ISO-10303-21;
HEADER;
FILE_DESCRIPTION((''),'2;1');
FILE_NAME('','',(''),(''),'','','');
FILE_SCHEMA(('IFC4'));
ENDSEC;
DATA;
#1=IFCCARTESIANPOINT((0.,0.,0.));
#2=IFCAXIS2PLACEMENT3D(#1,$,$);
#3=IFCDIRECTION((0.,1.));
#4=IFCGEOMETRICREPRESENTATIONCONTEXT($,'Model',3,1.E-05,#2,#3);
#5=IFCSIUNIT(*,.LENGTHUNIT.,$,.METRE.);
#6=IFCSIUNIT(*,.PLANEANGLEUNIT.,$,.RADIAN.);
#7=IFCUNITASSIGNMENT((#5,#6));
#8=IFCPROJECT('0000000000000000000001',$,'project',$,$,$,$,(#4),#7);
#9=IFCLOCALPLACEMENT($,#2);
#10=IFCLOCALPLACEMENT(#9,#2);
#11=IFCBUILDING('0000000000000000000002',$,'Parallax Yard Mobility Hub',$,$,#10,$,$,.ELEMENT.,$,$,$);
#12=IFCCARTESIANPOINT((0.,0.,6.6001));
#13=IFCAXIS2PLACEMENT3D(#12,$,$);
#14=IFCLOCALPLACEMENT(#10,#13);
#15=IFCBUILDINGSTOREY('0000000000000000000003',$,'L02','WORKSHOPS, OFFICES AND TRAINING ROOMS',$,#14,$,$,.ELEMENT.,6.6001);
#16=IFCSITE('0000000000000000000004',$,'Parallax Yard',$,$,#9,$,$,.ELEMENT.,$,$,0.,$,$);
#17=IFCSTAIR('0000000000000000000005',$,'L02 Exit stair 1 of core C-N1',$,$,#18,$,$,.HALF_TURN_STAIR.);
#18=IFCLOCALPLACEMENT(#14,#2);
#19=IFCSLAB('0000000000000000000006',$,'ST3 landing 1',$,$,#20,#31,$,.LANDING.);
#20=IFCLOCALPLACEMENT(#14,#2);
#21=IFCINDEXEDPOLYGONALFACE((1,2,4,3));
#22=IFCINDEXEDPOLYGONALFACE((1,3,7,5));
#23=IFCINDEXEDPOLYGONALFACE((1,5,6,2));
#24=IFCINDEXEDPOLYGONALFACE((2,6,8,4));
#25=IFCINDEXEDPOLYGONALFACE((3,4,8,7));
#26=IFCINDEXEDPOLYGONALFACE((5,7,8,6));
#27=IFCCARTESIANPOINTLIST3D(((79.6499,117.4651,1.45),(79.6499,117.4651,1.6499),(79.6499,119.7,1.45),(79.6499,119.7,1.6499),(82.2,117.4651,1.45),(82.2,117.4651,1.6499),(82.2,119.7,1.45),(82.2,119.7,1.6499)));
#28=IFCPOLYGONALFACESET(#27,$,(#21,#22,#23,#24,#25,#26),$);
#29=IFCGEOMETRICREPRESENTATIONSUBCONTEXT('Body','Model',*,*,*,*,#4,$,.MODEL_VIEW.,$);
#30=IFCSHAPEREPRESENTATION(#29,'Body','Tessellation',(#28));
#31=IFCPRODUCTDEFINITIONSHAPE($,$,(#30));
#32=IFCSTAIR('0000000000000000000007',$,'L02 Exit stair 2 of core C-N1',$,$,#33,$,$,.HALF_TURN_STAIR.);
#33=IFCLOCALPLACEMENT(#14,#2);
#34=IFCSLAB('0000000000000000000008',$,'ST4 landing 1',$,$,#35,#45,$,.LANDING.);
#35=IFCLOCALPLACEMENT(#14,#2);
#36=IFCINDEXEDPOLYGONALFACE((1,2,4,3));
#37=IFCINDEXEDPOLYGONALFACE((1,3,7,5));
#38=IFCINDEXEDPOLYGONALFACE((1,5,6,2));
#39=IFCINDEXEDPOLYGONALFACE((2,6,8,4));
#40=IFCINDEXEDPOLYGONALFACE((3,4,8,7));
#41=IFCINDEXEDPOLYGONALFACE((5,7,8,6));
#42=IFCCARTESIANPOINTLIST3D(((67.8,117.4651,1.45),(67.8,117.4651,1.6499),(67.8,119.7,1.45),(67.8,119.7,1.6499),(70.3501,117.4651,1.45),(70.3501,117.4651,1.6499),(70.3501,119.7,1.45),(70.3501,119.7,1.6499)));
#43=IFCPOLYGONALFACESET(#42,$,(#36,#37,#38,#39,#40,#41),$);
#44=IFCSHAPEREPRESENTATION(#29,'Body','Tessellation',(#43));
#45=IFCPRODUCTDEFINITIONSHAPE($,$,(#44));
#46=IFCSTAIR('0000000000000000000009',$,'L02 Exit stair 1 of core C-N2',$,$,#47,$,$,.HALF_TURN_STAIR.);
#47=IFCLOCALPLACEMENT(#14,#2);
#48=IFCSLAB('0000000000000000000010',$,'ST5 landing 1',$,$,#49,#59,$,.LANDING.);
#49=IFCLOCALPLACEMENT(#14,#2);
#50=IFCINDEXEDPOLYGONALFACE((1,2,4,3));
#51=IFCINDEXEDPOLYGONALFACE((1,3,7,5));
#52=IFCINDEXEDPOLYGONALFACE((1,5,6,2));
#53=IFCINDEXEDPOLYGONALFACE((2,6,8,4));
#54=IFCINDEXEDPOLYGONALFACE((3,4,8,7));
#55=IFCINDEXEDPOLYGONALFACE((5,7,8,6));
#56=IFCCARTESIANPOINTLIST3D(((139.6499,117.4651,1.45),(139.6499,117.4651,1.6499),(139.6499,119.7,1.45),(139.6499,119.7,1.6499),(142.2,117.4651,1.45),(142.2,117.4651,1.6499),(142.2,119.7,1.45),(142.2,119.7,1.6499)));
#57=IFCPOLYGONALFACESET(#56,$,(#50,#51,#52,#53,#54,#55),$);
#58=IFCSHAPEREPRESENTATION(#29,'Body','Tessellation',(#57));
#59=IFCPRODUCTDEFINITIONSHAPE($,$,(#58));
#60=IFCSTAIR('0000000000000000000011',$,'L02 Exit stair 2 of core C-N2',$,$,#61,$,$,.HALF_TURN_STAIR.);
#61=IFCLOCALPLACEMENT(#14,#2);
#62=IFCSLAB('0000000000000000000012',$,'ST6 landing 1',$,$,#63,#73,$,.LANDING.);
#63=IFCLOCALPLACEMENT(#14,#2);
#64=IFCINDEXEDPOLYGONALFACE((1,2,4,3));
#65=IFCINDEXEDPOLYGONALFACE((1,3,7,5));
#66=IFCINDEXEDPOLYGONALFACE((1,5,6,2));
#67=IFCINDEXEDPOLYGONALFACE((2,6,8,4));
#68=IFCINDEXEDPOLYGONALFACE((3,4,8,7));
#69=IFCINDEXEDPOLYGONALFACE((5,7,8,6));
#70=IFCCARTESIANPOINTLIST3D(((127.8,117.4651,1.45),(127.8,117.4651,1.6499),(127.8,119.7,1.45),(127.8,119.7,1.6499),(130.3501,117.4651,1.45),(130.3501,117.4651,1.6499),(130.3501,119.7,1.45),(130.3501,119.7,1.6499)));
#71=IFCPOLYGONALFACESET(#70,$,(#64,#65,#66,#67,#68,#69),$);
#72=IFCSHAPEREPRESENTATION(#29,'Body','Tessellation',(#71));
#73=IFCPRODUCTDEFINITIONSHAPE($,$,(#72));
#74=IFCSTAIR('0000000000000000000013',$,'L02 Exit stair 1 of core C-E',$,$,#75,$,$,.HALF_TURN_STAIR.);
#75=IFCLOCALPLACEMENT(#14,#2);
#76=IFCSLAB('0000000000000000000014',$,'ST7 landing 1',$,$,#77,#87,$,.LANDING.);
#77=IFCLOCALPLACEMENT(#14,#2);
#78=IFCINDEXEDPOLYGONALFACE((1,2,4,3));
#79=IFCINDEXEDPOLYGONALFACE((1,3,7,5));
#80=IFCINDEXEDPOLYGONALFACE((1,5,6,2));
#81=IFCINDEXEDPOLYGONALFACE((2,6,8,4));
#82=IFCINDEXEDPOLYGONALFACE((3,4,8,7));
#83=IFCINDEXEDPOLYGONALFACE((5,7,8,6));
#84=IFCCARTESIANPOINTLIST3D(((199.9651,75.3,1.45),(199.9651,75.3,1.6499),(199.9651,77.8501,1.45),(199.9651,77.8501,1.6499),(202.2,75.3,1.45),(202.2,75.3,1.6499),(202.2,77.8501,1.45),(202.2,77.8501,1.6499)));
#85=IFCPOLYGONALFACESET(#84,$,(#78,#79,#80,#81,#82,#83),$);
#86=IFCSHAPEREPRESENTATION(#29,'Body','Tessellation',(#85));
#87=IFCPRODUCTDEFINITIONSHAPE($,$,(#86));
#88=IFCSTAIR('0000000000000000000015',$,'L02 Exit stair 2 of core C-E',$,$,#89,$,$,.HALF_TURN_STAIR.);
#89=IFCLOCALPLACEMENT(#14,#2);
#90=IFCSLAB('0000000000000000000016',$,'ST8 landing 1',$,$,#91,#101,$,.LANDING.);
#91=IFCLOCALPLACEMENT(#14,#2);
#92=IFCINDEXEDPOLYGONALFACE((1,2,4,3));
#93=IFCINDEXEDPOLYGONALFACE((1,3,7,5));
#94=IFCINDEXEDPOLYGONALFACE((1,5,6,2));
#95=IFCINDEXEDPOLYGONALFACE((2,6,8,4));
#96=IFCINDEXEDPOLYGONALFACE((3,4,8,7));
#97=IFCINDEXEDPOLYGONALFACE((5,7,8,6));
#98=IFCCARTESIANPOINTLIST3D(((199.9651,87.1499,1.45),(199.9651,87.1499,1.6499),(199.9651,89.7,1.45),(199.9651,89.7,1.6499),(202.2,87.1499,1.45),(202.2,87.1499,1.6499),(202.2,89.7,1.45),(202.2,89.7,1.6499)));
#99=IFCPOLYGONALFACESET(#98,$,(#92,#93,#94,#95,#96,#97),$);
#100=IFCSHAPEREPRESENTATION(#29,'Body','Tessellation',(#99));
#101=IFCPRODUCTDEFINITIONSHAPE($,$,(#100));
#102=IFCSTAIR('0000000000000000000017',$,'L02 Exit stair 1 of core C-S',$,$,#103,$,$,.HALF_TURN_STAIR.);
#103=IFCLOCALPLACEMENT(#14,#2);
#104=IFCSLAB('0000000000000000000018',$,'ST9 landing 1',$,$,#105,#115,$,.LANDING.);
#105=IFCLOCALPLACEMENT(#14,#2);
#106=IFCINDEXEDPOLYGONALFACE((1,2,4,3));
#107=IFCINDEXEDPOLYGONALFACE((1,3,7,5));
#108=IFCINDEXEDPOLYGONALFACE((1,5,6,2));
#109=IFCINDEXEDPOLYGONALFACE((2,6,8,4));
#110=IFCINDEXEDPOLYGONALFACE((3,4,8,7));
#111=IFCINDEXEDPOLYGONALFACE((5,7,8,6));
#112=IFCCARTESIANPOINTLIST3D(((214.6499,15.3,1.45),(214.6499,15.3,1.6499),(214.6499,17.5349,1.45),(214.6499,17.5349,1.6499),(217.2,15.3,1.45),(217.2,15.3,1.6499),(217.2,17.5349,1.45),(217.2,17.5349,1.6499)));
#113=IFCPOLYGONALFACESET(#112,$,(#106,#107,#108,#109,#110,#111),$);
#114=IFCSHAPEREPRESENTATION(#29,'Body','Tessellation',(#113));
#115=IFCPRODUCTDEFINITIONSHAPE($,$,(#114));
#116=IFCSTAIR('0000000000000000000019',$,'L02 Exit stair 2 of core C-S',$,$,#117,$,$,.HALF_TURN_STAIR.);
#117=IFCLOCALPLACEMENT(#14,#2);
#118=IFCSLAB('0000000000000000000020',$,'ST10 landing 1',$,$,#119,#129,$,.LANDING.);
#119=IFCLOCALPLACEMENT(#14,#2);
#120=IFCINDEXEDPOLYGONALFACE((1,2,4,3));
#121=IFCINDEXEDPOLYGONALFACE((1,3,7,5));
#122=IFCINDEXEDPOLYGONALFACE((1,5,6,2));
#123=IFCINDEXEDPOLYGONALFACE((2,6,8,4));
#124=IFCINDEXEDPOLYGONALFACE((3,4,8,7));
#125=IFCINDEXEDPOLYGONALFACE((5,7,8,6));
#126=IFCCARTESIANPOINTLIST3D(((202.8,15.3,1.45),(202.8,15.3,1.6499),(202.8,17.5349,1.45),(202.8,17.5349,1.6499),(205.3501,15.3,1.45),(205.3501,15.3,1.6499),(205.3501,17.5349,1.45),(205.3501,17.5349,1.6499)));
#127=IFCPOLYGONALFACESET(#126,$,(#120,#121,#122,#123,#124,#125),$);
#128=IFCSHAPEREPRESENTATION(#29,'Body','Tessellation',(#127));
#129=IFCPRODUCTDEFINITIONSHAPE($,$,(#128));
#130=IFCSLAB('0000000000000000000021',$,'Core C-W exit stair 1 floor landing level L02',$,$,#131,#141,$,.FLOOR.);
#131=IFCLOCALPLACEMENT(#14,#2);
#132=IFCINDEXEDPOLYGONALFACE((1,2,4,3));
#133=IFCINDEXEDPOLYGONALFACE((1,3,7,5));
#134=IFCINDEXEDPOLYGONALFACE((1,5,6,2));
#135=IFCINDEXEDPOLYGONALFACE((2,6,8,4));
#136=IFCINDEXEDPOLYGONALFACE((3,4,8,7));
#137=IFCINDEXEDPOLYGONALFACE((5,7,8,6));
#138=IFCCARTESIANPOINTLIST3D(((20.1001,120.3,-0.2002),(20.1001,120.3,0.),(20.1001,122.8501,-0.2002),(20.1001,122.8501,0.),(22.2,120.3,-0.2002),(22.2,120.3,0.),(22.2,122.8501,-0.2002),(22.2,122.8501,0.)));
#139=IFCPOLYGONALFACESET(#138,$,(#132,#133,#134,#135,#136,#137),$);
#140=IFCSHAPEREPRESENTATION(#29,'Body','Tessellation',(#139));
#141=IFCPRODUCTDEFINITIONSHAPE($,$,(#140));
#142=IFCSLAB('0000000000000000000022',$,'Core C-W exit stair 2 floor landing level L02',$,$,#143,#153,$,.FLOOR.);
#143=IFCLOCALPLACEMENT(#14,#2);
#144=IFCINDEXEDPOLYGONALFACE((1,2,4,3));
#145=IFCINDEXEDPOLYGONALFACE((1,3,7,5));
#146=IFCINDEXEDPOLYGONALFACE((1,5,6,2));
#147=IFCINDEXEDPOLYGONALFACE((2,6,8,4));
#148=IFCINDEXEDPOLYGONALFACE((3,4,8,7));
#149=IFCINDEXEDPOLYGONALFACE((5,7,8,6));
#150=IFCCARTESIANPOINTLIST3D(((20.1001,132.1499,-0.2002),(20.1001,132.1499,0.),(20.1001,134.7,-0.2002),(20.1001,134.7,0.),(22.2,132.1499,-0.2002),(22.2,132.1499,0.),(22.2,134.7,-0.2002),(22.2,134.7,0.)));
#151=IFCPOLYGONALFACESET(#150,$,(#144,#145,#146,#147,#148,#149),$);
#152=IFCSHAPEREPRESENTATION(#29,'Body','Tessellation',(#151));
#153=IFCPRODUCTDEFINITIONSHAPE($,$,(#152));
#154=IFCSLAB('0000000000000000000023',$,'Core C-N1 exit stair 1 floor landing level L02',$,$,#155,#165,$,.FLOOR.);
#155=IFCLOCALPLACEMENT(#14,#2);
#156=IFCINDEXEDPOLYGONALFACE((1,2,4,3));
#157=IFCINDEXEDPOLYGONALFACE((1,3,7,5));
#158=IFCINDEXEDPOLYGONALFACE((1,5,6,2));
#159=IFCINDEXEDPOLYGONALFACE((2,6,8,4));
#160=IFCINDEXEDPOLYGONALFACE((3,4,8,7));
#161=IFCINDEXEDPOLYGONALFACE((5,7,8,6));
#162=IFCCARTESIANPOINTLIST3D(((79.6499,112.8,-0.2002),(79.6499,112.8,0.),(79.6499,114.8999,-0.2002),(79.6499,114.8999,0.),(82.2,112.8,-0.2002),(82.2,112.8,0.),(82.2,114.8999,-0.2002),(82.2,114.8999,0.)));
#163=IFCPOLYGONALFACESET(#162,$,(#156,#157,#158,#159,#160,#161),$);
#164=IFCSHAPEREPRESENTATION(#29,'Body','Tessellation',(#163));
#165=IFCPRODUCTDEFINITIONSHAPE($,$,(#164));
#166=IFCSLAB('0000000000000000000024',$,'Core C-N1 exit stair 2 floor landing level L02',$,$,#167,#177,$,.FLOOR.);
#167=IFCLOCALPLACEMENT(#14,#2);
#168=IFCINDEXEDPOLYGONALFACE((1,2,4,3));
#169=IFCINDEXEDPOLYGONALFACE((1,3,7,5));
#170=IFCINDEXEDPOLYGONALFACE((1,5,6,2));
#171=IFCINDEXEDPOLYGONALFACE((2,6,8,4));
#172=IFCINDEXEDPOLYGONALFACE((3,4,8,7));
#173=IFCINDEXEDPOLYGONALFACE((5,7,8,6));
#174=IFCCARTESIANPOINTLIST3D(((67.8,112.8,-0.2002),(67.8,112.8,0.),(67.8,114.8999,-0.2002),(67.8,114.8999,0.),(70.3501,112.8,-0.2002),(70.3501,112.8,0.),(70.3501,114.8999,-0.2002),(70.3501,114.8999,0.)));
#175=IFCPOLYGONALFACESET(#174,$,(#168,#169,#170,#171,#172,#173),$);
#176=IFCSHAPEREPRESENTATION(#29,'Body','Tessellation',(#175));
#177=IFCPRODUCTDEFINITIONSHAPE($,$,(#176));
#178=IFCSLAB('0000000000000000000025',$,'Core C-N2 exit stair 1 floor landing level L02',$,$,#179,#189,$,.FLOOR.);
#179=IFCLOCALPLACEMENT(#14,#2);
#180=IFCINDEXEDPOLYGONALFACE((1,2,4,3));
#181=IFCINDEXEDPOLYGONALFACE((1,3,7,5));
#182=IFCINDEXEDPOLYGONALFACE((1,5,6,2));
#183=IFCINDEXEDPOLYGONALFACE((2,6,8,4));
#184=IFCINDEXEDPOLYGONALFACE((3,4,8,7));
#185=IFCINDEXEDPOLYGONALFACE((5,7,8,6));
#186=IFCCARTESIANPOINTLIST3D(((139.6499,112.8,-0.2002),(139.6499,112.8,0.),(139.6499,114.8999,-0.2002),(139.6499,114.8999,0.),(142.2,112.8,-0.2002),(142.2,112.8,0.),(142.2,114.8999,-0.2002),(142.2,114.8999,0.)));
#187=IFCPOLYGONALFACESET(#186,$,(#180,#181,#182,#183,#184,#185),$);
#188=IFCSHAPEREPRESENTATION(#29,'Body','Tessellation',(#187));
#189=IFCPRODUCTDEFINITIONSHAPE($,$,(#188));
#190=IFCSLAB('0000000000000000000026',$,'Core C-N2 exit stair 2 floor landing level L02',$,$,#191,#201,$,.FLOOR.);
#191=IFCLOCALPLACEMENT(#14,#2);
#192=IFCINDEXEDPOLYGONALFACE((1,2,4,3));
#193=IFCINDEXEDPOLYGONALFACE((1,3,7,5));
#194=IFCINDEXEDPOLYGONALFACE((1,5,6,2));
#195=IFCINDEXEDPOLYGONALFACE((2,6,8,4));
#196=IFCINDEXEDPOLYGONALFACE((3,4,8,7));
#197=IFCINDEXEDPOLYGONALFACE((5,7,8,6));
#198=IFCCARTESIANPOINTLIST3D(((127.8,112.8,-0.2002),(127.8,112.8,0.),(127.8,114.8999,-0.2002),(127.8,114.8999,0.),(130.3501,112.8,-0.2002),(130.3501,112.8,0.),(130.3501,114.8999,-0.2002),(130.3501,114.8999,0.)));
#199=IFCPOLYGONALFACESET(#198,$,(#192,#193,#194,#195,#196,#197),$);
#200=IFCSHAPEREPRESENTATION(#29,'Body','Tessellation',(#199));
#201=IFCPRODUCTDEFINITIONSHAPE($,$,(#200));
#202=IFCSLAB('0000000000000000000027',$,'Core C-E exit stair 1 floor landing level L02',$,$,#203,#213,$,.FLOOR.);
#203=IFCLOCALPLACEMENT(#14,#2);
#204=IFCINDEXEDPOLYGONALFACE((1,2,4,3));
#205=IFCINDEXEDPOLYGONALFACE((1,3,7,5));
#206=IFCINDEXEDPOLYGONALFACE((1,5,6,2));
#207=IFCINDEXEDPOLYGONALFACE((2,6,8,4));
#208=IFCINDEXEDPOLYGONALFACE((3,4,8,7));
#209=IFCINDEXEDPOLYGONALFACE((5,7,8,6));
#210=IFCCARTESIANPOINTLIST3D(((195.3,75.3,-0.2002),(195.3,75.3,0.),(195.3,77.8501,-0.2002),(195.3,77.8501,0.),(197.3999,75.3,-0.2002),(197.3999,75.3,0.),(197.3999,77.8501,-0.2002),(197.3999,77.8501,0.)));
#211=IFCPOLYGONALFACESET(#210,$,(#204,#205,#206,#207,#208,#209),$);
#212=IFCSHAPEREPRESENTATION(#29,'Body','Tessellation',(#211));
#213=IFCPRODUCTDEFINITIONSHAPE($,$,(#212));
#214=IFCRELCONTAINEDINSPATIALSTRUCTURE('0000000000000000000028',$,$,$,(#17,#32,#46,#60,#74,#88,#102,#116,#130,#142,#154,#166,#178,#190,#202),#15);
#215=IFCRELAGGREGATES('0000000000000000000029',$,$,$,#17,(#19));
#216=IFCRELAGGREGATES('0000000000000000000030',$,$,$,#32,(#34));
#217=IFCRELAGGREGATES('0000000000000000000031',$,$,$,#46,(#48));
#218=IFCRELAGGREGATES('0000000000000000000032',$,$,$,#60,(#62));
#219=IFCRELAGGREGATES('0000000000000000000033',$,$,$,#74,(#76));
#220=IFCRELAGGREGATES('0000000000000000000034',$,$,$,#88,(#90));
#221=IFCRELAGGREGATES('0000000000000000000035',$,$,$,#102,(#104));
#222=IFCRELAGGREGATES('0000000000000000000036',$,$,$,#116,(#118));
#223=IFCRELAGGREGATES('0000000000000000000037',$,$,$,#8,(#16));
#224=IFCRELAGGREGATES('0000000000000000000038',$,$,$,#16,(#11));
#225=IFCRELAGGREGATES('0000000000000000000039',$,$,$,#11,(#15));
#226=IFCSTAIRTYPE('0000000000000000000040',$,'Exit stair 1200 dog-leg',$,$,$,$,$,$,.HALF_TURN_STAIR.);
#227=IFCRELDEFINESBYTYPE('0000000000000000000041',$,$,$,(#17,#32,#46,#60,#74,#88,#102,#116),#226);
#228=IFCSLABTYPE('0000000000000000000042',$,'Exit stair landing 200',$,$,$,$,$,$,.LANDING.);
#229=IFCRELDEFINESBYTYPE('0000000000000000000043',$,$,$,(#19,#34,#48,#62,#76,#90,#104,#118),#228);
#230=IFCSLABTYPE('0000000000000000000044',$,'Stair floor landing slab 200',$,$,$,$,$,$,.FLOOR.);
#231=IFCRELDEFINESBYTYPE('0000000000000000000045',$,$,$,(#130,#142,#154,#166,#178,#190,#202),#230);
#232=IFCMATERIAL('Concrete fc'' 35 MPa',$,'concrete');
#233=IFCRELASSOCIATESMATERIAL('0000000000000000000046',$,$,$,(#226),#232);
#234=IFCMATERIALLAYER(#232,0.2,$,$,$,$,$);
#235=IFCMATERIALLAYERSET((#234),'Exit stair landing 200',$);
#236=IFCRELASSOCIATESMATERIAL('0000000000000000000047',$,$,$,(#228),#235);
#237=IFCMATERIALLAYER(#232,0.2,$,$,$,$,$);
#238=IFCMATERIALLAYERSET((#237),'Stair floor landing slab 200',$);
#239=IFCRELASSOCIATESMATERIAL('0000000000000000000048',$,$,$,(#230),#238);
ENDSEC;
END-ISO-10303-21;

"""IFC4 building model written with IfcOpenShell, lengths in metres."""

from ifc_helpers import new_model, si_unit, direction, frame, origin, place, context, subcontext, project, spatial, polyline, outline, extrude, material, layer, layer_set, type_object, element, aggregate, save


model = new_model("IFC4")

# Units and contexts
model_context = context("Model", 3, precision=1e-05, world=origin(), true_north=direction((0.0, 1.0)))
body_context = subcontext(model_context, "Body", "Model", "MODEL_VIEW")
ifc_project = project(units=[si_unit("LENGTHUNIT", "METRE"), si_unit("PLANEANGLEUNIT", "RADIAN")], contexts=[model_context])

# Site, building, storey
site_placement = place(None, origin())
site = spatial("IfcSite", under=ifc_project, at=site_placement, Name="Parallax Yard", CompositionType="ELEMENT", RefElevation=0.0)
building_placement = place(site_placement, origin())
building = spatial("IfcBuilding", under=site, at=building_placement, Name="Parallax Yard Mobility Hub", CompositionType="ELEMENT")
storey_placement = place(building_placement, frame((0.0, 0.0, 6.6001)))
storey = spatial("IfcBuildingStorey", under=building, at=storey_placement, Name="L02", Description="WORKSHOPS, OFFICES AND TRAINING ROOMS", CompositionType="ELEMENT", Elevation=6.6001)

# Shared definitions
ifc_material_1 = material(Name="Concrete fc' 35 MPa", Category="concrete")

# Stairs, slabs
stair_type = type_object("IfcStairType", Name="Exit stair 1200 dog-leg", PredefinedType="HALF_TURN_STAIR", material=ifc_material_1)
ifc_layer_1 = layer(ifc_material_1, 0.2)
ifc_layer_set_1 = layer_set([ifc_layer_1], Name="Exit stair landing 200")
slab_type_1 = type_object("IfcSlabType", Name="Exit stair landing 200", PredefinedType="LANDING", material=ifc_layer_set_1)
stair_1_placement = place(storey_placement, origin())
stair_1 = element("IfcStair", 1, at=stair_1_placement, inside=storey, type_object=stair_type, Name="L02 Exit stair 1 of core C-N1", PredefinedType="HALF_TURN_STAIR")
slab_1_placement = place(storey_placement, frame((0.0, 0.0, 1.45)))
slab_1 = element("IfcSlab", 2, at=slab_1_placement, type_object=slab_type_1, Name="ST3 landing 1", PredefinedType="LANDING", context=body_context, shape_type="SweptSolid", body=[
    extrude(outline(polyline([(82.2, 117.4651), (82.2, 119.7), (79.6499, 119.7), (79.6499, 117.4651), (82.2, 117.4651)])), origin(), (0.0, 0.0, 1.0), 0.2),
])
aggregate(stair_1, [slab_1])
stair_2_placement = place(storey_placement, origin())
stair_2 = element("IfcStair", 3, at=stair_2_placement, inside=storey, type_object=stair_type, Name="L02 Exit stair 2 of core C-N1", PredefinedType="HALF_TURN_STAIR")
slab_2_placement = place(storey_placement, frame((0.0, 0.0, 1.45)))
slab_2 = element("IfcSlab", 4, at=slab_2_placement, type_object=slab_type_1, Name="ST4 landing 1", PredefinedType="LANDING", context=body_context, shape_type="SweptSolid", body=[
    extrude(outline(polyline([(70.3501, 117.4651), (70.3501, 119.7), (67.8, 119.7), (67.8, 117.4651), (70.3501, 117.4651)])), origin(), (0.0, 0.0, 1.0), 0.2),
])
aggregate(stair_2, [slab_2])
stair_3_placement = place(storey_placement, origin())
stair_3 = element("IfcStair", 5, at=stair_3_placement, inside=storey, type_object=stair_type, Name="L02 Exit stair 1 of core C-N2", PredefinedType="HALF_TURN_STAIR")
slab_3_placement = place(storey_placement, frame((0.0, 0.0, 1.45)))
slab_3 = element("IfcSlab", 6, at=slab_3_placement, type_object=slab_type_1, Name="ST5 landing 1", PredefinedType="LANDING", context=body_context, shape_type="SweptSolid", body=[
    extrude(outline(polyline([(142.2, 117.4651), (142.2, 119.7), (139.6499, 119.7), (139.6499, 117.4651), (142.2, 117.4651)])), origin(), (0.0, 0.0, 1.0), 0.2),
])
aggregate(stair_3, [slab_3])
stair_4_placement = place(storey_placement, origin())
stair_4 = element("IfcStair", 7, at=stair_4_placement, inside=storey, type_object=stair_type, Name="L02 Exit stair 2 of core C-N2", PredefinedType="HALF_TURN_STAIR")
slab_4_placement = place(storey_placement, frame((0.0, 0.0, 1.45)))
slab_4 = element("IfcSlab", 8, at=slab_4_placement, type_object=slab_type_1, Name="ST6 landing 1", PredefinedType="LANDING", context=body_context, shape_type="SweptSolid", body=[
    extrude(outline(polyline([(130.3501, 117.4651), (130.3501, 119.7), (127.8, 119.7), (127.8, 117.4651), (130.3501, 117.4651)])), origin(), (0.0, 0.0, 1.0), 0.2),
])
aggregate(stair_4, [slab_4])
stair_5_placement = place(storey_placement, origin())
stair_5 = element("IfcStair", 9, at=stair_5_placement, inside=storey, type_object=stair_type, Name="L02 Exit stair 1 of core C-E", PredefinedType="HALF_TURN_STAIR")
slab_5_placement = place(storey_placement, frame((0.0, 0.0, 1.45)))
slab_5 = element("IfcSlab", 10, at=slab_5_placement, type_object=slab_type_1, Name="ST7 landing 1", PredefinedType="LANDING", context=body_context, shape_type="SweptSolid", body=[
    extrude(outline(polyline([(199.9651, 75.3), (202.2, 75.3), (202.2, 77.8501), (199.9651, 77.8501), (199.9651, 75.3)])), origin(), (0.0, 0.0, 1.0), 0.2),
])
aggregate(stair_5, [slab_5])
stair_6_placement = place(storey_placement, origin())
stair_6 = element("IfcStair", 11, at=stair_6_placement, inside=storey, type_object=stair_type, Name="L02 Exit stair 2 of core C-E", PredefinedType="HALF_TURN_STAIR")
slab_6_placement = place(storey_placement, frame((0.0, 0.0, 1.45)))
slab_6 = element("IfcSlab", 12, at=slab_6_placement, type_object=slab_type_1, Name="ST8 landing 1", PredefinedType="LANDING", context=body_context, shape_type="SweptSolid", body=[
    extrude(outline(polyline([(199.9651, 87.1499), (202.2, 87.1499), (202.2, 89.7), (199.9651, 89.7), (199.9651, 87.1499)])), origin(), (0.0, 0.0, 1.0), 0.2),
])
aggregate(stair_6, [slab_6])
stair_7_placement = place(storey_placement, origin())
stair_7 = element("IfcStair", 13, at=stair_7_placement, inside=storey, type_object=stair_type, Name="L02 Exit stair 1 of core C-S", PredefinedType="HALF_TURN_STAIR")
slab_7_placement = place(storey_placement, frame((0.0, 0.0, 1.45)))
slab_7 = element("IfcSlab", 14, at=slab_7_placement, type_object=slab_type_1, Name="ST9 landing 1", PredefinedType="LANDING", context=body_context, shape_type="SweptSolid", body=[
    extrude(outline(polyline([(214.6499, 17.5349), (214.6499, 15.3), (217.2, 15.3), (217.2, 17.5349), (214.6499, 17.5349)])), origin(), (0.0, 0.0, 1.0), 0.2),
])
aggregate(stair_7, [slab_7])
stair_8_placement = place(storey_placement, origin())
stair_8 = element("IfcStair", 15, at=stair_8_placement, inside=storey, type_object=stair_type, Name="L02 Exit stair 2 of core C-S", PredefinedType="HALF_TURN_STAIR")
slab_8_placement = place(storey_placement, frame((0.0, 0.0, 1.45)))
slab_8 = element("IfcSlab", 16, at=slab_8_placement, type_object=slab_type_1, Name="ST10 landing 1", PredefinedType="LANDING", context=body_context, shape_type="SweptSolid", body=[
    extrude(outline(polyline([(202.8, 17.5349), (202.8, 15.3), (205.3501, 15.3), (205.3501, 17.5349), (202.8, 17.5349)])), origin(), (0.0, 0.0, 1.0), 0.2),
])
aggregate(stair_8, [slab_8])

# Slabs
ifc_layer_2 = layer(ifc_material_1, 0.2)
ifc_layer_set_2 = layer_set([ifc_layer_2], Name="Stair floor landing slab 200")
slab_type_2 = type_object("IfcSlabType", Name="Stair floor landing slab 200", PredefinedType="FLOOR", material=ifc_layer_set_2)
slab_9_placement = place(storey_placement, frame((0.0, 0.0, -0.2002)))
element("IfcSlab", 17, at=slab_9_placement, inside=storey, type_object=slab_type_2, Name="Core C-W exit stair 1 floor landing level L02", PredefinedType="FLOOR", context=body_context, shape_type="SweptSolid", body=[
    extrude(outline(polyline([(20.1001, 120.3), (20.1001, 122.8501), (22.2, 122.8501), (22.2, 120.3), (20.1001, 120.3)])), origin(), (0.0, 0.0, 1.0), 0.2002),
])
slab_10_placement = place(storey_placement, frame((0.0, 0.0, -0.2002)))
element("IfcSlab", 18, at=slab_10_placement, inside=storey, type_object=slab_type_2, Name="Core C-W exit stair 2 floor landing level L02", PredefinedType="FLOOR", context=body_context, shape_type="SweptSolid", body=[
    extrude(outline(polyline([(20.1001, 132.1499), (20.1001, 134.7), (22.2, 134.7), (22.2, 132.1499), (20.1001, 132.1499)])), origin(), (0.0, 0.0, 1.0), 0.2002),
])
slab_11_placement = place(storey_placement, frame((0.0, 0.0, -0.2002)))
element("IfcSlab", 19, at=slab_11_placement, inside=storey, type_object=slab_type_2, Name="Core C-N1 exit stair 1 floor landing level L02", PredefinedType="FLOOR", context=body_context, shape_type="SweptSolid", body=[
    extrude(outline(polyline([(79.6499, 114.8999), (79.6499, 112.8), (82.2, 112.8), (82.2, 114.8999), (79.6499, 114.8999)])), origin(), (0.0, 0.0, 1.0), 0.2002),
])
slab_12_placement = place(storey_placement, frame((0.0, 0.0, -0.2002)))
element("IfcSlab", 20, at=slab_12_placement, inside=storey, type_object=slab_type_2, Name="Core C-N1 exit stair 2 floor landing level L02", PredefinedType="FLOOR", context=body_context, shape_type="SweptSolid", body=[
    extrude(outline(polyline([(67.8, 114.8999), (67.8, 112.8), (70.3501, 112.8), (70.3501, 114.8999), (67.8, 114.8999)])), origin(), (0.0, 0.0, 1.0), 0.2002),
])
slab_13_placement = place(storey_placement, frame((0.0, 0.0, -0.2002)))
element("IfcSlab", 21, at=slab_13_placement, inside=storey, type_object=slab_type_2, Name="Core C-N2 exit stair 1 floor landing level L02", PredefinedType="FLOOR", context=body_context, shape_type="SweptSolid", body=[
    extrude(outline(polyline([(139.6499, 114.8999), (139.6499, 112.8), (142.2, 112.8), (142.2, 114.8999), (139.6499, 114.8999)])), origin(), (0.0, 0.0, 1.0), 0.2002),
])
slab_14_placement = place(storey_placement, frame((0.0, 0.0, -0.2002)))
element("IfcSlab", 22, at=slab_14_placement, inside=storey, type_object=slab_type_2, Name="Core C-N2 exit stair 2 floor landing level L02", PredefinedType="FLOOR", context=body_context, shape_type="SweptSolid", body=[
    extrude(outline(polyline([(127.8, 114.8999), (127.8, 112.8), (130.3501, 112.8), (130.3501, 114.8999), (127.8, 114.8999)])), origin(), (0.0, 0.0, 1.0), 0.2002),
])
slab_15_placement = place(storey_placement, frame((0.0, 0.0, -0.2002)))
element("IfcSlab", 23, at=slab_15_placement, inside=storey, type_object=slab_type_2, Name="Core C-E exit stair 1 floor landing level L02", PredefinedType="FLOOR", context=body_context, shape_type="SweptSolid", body=[
    extrude(outline(polyline([(197.3999, 77.8501), (195.3, 77.8501), (195.3, 75.3), (197.3999, 75.3), (197.3999, 77.8501)])), origin(), (0.0, 0.0, 1.0), 0.2002),
])

save(model, "model.ifc")
